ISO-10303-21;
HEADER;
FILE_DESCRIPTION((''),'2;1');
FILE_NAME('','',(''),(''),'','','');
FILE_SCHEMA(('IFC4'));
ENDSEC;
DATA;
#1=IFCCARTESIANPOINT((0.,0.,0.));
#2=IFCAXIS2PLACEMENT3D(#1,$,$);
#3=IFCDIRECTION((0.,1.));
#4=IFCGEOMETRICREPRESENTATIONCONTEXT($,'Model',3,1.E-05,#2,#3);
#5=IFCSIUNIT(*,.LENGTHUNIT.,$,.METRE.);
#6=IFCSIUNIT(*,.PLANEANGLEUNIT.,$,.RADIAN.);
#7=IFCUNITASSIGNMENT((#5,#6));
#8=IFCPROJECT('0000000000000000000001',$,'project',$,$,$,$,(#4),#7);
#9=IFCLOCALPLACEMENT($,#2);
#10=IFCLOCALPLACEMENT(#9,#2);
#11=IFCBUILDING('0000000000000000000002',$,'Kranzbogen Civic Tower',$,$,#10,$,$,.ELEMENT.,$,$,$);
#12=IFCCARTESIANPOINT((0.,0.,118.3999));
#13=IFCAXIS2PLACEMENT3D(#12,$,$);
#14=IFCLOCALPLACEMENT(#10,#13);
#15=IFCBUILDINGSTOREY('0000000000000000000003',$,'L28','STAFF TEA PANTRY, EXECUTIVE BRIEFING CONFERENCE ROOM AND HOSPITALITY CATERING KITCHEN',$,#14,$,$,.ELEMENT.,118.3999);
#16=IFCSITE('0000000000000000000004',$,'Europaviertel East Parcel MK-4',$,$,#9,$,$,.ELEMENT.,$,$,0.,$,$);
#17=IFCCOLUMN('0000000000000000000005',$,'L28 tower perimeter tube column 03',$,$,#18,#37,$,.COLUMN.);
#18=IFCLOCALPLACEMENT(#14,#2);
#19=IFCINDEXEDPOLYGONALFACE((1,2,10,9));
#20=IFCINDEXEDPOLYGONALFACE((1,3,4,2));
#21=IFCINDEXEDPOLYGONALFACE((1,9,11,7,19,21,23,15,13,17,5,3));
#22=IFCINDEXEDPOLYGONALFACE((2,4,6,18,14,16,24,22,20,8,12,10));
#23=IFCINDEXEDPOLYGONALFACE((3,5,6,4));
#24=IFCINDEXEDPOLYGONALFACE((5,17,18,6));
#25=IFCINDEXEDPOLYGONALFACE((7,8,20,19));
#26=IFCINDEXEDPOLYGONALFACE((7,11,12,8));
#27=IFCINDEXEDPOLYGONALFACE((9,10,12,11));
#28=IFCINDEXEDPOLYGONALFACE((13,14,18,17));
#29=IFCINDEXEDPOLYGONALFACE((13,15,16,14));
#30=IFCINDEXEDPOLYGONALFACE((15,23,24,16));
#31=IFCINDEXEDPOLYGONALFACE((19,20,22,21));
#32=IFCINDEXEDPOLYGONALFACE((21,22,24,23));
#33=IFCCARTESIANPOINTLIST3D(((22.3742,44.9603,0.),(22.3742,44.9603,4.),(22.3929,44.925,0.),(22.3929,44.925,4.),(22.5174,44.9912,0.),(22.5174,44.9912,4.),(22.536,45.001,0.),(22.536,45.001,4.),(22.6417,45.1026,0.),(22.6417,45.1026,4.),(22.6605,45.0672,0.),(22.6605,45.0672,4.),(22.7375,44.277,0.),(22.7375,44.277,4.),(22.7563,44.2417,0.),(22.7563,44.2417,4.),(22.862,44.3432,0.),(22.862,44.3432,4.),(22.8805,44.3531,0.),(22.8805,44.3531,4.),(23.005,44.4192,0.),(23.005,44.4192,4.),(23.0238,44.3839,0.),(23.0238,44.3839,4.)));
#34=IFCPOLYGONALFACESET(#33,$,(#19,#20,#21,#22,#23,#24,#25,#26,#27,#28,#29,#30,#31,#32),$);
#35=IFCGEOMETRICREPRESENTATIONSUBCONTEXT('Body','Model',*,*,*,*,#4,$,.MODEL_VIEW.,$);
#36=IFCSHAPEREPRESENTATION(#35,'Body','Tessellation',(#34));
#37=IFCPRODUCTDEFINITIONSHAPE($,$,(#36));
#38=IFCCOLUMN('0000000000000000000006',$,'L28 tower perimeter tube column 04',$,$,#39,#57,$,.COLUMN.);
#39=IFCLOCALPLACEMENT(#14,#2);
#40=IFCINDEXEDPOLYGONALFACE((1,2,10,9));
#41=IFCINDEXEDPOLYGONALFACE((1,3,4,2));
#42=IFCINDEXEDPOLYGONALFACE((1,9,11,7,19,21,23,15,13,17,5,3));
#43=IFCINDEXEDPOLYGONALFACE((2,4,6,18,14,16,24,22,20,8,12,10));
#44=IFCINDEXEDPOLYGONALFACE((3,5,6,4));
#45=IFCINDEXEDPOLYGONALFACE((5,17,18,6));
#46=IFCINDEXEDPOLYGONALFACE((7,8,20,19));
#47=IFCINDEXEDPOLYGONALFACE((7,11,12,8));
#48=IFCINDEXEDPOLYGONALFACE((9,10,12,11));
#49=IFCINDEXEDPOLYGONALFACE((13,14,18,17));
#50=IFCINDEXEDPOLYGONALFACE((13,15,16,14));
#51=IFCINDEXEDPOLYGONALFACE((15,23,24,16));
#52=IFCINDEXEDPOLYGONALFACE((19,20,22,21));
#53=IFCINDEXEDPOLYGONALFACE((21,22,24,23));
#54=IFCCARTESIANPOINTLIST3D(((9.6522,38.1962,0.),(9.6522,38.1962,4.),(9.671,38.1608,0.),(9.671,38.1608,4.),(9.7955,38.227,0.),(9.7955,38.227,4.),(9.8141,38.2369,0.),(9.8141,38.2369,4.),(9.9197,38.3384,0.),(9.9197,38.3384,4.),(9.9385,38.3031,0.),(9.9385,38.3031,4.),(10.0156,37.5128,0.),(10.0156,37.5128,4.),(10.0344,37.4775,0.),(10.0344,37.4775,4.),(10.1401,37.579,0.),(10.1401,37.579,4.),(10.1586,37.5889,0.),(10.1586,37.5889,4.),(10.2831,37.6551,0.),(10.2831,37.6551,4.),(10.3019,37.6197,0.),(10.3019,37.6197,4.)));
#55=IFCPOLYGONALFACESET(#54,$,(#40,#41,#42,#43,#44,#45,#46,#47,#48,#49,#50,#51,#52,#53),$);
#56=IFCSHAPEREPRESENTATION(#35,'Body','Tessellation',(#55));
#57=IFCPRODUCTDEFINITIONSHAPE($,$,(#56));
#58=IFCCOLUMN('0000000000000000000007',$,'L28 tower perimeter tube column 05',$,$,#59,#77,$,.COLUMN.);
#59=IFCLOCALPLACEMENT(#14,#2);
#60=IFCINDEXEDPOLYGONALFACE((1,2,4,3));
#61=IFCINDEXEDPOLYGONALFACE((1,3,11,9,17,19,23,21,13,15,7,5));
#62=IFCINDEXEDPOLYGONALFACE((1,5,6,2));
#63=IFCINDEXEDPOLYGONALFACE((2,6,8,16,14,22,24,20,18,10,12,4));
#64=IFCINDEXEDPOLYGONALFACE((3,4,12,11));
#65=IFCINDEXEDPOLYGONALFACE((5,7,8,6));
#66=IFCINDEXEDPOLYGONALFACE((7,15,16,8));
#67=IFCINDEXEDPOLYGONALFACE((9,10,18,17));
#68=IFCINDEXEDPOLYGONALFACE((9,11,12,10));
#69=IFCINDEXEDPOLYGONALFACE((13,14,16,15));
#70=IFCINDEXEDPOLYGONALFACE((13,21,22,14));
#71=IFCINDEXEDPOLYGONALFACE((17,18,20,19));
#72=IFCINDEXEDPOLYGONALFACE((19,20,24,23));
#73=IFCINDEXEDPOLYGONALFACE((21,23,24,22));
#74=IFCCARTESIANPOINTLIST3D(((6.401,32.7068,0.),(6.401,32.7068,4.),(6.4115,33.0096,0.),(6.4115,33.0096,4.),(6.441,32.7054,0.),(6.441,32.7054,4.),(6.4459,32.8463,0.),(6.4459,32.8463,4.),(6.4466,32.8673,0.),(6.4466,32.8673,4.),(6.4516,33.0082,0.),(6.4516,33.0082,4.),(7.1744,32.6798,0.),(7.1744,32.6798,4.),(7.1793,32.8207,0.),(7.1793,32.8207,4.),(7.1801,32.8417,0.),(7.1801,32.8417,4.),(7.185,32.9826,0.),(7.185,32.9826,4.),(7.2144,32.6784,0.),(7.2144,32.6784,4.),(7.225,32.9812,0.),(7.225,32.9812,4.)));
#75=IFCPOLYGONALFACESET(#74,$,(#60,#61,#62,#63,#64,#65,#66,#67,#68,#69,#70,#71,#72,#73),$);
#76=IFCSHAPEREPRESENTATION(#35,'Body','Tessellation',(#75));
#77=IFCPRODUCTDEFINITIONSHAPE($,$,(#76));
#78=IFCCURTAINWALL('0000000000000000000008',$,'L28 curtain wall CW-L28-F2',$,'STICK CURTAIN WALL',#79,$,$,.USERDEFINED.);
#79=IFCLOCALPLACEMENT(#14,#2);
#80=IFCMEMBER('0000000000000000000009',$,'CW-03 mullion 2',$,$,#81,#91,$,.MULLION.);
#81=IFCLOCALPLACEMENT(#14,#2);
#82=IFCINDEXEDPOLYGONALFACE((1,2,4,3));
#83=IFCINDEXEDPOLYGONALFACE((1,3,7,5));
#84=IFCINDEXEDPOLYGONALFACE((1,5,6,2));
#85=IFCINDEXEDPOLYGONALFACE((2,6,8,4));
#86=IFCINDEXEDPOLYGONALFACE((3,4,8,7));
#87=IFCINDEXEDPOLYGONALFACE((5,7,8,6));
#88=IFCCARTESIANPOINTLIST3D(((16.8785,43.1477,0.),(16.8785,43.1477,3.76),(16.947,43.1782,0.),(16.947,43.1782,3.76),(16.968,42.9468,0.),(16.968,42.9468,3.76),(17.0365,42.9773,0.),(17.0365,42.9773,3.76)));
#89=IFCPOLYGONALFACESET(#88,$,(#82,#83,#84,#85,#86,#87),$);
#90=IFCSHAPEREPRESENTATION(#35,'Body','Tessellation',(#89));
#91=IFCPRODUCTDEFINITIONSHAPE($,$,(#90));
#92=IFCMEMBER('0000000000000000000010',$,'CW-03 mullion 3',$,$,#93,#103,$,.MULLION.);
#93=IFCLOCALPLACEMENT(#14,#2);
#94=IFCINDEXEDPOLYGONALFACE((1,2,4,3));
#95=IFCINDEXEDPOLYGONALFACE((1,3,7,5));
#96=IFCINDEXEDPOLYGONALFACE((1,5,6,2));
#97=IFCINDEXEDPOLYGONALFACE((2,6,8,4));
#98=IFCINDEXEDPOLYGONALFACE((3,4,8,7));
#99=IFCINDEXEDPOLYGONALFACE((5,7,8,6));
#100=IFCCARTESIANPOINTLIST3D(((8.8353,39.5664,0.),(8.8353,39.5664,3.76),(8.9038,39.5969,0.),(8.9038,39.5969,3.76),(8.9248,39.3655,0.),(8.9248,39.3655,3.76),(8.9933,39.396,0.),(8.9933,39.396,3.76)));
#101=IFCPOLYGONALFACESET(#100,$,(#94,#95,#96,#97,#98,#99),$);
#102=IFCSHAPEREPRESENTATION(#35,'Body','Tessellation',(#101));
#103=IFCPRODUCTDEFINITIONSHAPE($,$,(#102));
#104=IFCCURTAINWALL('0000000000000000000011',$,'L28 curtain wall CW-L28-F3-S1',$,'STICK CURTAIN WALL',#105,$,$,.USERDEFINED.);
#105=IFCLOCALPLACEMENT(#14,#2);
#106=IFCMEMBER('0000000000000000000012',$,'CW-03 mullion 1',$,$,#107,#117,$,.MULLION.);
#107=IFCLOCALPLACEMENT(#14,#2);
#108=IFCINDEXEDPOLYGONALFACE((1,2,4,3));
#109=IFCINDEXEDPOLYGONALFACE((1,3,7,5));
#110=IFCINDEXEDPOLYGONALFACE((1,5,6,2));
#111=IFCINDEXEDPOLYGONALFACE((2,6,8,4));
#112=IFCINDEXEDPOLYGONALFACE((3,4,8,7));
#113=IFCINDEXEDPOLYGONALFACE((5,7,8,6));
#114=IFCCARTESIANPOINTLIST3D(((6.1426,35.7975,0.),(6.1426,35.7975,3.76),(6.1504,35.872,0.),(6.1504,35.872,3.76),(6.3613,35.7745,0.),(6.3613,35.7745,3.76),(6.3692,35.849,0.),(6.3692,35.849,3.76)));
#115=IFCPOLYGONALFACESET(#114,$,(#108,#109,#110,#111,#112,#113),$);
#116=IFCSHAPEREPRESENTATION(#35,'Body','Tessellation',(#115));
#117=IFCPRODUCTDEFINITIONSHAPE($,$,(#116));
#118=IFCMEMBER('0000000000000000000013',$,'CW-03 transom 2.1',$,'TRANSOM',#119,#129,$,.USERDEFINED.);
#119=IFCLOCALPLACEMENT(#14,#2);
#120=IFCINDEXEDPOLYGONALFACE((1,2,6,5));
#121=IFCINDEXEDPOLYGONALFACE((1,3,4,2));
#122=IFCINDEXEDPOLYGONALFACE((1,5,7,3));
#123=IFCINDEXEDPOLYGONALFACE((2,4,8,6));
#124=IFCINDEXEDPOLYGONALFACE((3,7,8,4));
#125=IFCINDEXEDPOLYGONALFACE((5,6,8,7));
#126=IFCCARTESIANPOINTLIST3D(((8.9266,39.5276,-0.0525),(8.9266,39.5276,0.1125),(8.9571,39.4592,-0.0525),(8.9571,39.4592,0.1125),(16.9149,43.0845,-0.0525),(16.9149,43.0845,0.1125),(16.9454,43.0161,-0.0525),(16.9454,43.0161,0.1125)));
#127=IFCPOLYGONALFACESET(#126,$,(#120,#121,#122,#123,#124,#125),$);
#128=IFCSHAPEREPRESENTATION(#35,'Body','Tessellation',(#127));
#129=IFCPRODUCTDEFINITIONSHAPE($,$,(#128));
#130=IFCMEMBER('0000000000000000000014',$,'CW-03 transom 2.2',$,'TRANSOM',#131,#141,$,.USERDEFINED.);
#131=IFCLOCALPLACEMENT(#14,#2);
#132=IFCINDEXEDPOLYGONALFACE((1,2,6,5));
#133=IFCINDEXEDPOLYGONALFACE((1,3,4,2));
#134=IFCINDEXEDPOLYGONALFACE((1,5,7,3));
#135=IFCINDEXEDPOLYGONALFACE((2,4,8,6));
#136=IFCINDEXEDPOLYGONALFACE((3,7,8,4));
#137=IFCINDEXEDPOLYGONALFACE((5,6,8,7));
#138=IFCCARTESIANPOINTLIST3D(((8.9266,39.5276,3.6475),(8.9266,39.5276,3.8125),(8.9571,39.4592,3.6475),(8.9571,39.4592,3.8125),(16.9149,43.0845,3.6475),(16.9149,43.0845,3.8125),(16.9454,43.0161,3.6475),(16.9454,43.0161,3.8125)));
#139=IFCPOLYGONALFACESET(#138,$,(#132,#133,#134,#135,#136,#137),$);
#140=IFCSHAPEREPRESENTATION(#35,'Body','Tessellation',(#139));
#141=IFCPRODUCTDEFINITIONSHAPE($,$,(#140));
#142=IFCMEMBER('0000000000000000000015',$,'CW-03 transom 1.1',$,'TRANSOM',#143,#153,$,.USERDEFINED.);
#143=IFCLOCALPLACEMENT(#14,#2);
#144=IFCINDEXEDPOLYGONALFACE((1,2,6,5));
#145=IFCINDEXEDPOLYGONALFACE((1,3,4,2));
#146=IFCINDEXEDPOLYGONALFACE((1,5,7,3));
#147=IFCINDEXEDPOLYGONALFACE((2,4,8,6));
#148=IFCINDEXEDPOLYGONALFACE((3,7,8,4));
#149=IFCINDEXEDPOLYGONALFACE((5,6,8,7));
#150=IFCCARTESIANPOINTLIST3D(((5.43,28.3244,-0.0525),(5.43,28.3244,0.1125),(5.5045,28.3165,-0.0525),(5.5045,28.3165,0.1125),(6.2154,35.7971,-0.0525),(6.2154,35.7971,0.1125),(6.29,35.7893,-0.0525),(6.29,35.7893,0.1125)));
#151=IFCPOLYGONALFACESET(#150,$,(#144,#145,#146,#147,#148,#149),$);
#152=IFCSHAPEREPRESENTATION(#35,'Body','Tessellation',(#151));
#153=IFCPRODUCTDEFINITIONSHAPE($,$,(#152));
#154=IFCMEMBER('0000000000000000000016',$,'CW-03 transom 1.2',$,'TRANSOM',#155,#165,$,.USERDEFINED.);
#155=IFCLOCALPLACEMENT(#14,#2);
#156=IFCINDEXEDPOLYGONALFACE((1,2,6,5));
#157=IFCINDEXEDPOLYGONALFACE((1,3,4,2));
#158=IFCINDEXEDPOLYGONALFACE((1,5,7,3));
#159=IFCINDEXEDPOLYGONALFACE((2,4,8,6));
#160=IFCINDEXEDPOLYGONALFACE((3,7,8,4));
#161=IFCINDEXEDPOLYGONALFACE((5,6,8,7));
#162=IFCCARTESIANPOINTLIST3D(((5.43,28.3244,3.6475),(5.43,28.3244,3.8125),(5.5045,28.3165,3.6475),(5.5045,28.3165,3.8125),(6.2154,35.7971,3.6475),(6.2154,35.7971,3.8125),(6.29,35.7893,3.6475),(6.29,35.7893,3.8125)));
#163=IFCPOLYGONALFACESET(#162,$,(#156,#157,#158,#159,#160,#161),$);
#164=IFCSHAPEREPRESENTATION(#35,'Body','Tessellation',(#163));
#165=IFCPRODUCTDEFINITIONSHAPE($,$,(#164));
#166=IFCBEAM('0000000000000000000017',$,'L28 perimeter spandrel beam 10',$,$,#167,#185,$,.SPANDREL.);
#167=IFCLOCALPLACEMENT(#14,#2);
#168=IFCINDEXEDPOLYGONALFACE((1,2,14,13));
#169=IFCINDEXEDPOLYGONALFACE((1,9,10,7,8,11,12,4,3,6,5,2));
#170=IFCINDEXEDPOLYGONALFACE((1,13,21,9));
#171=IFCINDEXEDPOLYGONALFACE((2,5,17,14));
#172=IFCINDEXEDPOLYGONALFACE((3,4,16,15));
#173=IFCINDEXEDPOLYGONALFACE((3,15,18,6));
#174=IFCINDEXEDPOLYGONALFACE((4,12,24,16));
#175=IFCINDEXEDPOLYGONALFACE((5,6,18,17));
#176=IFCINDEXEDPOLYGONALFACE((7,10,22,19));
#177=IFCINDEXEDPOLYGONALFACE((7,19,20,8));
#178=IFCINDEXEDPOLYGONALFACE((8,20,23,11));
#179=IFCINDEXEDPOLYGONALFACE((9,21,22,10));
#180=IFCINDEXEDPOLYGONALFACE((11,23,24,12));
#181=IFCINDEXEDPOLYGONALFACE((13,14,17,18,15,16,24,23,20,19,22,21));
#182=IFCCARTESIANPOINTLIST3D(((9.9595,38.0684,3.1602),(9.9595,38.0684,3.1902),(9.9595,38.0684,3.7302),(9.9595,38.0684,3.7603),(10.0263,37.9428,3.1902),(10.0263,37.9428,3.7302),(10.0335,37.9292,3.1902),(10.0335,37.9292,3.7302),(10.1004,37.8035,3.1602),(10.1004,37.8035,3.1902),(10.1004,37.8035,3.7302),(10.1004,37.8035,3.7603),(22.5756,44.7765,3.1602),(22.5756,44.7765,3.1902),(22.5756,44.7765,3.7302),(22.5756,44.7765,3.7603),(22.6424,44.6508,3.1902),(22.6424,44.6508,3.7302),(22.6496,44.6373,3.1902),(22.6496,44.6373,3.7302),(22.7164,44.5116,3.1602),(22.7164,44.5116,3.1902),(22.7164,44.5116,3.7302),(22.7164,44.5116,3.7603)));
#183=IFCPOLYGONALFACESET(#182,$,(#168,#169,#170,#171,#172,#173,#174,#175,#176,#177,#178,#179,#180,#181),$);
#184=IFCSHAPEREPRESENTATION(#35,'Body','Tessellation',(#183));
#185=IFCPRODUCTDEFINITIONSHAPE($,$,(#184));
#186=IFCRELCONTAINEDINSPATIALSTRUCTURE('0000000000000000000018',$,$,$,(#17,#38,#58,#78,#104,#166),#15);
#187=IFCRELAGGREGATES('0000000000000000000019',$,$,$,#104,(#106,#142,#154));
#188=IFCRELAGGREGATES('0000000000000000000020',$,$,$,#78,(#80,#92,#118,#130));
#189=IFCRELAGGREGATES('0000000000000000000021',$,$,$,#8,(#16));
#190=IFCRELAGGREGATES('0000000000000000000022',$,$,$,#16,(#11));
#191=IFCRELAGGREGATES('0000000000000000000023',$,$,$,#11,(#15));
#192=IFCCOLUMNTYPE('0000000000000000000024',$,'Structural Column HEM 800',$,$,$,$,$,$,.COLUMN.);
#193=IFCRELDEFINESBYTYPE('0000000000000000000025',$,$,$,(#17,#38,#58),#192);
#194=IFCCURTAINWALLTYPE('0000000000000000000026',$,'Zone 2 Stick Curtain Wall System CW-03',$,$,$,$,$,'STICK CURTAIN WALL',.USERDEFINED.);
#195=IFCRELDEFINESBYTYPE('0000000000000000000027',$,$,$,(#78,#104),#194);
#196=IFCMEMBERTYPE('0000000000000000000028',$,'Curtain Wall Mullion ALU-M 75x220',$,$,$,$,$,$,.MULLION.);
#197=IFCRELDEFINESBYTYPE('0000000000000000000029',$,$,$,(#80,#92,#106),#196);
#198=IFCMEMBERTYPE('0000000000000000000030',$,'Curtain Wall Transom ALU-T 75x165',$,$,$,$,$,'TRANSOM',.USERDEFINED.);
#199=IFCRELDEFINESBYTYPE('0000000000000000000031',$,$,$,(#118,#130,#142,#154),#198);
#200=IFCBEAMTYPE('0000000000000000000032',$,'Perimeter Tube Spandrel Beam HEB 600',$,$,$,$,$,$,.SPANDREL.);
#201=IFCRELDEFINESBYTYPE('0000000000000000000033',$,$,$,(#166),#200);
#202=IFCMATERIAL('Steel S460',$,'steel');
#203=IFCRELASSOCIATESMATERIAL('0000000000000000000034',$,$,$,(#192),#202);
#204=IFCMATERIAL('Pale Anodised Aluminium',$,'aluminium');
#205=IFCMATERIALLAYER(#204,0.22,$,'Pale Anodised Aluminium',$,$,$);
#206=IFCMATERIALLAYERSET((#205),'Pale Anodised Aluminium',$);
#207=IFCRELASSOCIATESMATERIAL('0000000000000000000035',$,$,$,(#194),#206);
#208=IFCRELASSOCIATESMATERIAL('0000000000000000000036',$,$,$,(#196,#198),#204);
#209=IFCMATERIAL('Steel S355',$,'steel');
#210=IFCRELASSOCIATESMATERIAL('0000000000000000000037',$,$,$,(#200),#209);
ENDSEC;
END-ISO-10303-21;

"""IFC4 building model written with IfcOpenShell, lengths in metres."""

from ifc_helpers import new_model, si_unit, direction, frame, origin, origin_2d, place, context, subcontext, project, spatial, rectangle, i_section, extrude, material, layer, layer_set, material_profile, profile_set, type_object, element, aggregate, save


model = new_model("IFC4")

# Units and contexts
model_context = context("Model", 3, precision=1e-05, world=origin(), true_north=direction((0.0, 1.0)))
body_context = subcontext(model_context, "Body", "Model", "MODEL_VIEW")
ifc_project = project(units=[si_unit("LENGTHUNIT", "METRE"), si_unit("PLANEANGLEUNIT", "RADIAN")], contexts=[model_context])

# Site, building, storey
site_placement = place(None, origin())
site = spatial("IfcSite", under=ifc_project, at=site_placement, Name="Europaviertel East Parcel MK-4", CompositionType="ELEMENT", RefElevation=0.0)
building_placement = place(site_placement, origin())
building = spatial("IfcBuilding", under=site, at=building_placement, Name="Kranzbogen Civic Tower", CompositionType="ELEMENT")
storey_placement = place(building_placement, frame((0.0, 0.0, 118.3999)))
storey = spatial("IfcBuildingStorey", under=building, at=storey_placement, Name="L28", Description="STAFF TEA PANTRY, EXECUTIVE BRIEFING CONFERENCE ROOM AND HOSPITALITY CATERING KITCHEN", CompositionType="ELEMENT", Elevation=118.3999)

# Columns
ifc_material_1 = material(Name="Steel S460", Category="steel")
ifc_material_profile_1 = material_profile(ifc_material_1, i_section(OverallWidth=0.303, OverallDepth=0.814, WebThickness=0.021, FlangeThickness=0.04, at=origin_2d()), Name="HEM 800")
ifc_profile_set_1 = profile_set([ifc_material_profile_1], Name="Steel S460")
column_type = type_object("IfcColumnType", Name="Structural Column HEM 800", PredefinedType="COLUMN", material=ifc_profile_set_1)
for number, where, z_axis, x_axis, name in (
    (1, (22.699, 44.6721, 0.0), (0.0, 0.0, 1.0), (0.882948, 0.469472, 0.0), "L28 tower perimeter tube column 03"),
    (2, (9.9771, 37.908, 0.0), (0.0, 0.0, 1.0), (0.882948, 0.469472, 0.0), "L28 tower perimeter tube column 04"),
    (3, (6.813, 32.844, 0.0), (0.0, 0.0, 1.0), (0.034899, 0.999391, 0.0), "L28 tower perimeter tube column 05"),
):
    element("IfcColumn", number, at=place(storey_placement, frame(where, z_axis=z_axis, x_axis=x_axis)), inside=storey, type_object=column_type, Name=name, PredefinedType="COLUMN", context=body_context, shape_type="SweptSolid", body=[
        extrude(i_section(OverallWidth=0.303, OverallDepth=0.814, WebThickness=0.021, FlangeThickness=0.04, at=origin_2d()), origin(), (0.0, 0.0, 1.0), 4.0),
    ])

# Curtain wall, members
ifc_material_2 = material(Name="Pale Anodised Aluminium", Category="aluminium")
ifc_layer_1 = layer(ifc_material_2, 0.22, Name="Pale Anodised Aluminium")
ifc_layer_set_1 = layer_set([ifc_layer_1], Name="Pale Anodised Aluminium")
curtain_wall_type = type_object("IfcCurtainWallType", Name="Zone 2 Stick Curtain Wall System CW-03", ElementType="STICK CURTAIN WALL", PredefinedType="USERDEFINED", material=ifc_layer_set_1)
curtain_wall_1_placement = place(storey_placement, origin())
curtain_wall_1 = element("IfcCurtainWall", 4, at=curtain_wall_1_placement, inside=storey, type_object=curtain_wall_type, Name="L28 curtain wall CW-L28-F2", ObjectType="STICK CURTAIN WALL", PredefinedType="USERDEFINED")
ifc_material_profile_2 = material_profile(ifc_material_2, rectangle(XDim=0.075, YDim=0.22, at=origin_2d()), Name="ALU-M 75x220")
ifc_profile_set_2 = profile_set([ifc_material_profile_2], Name="Pale Anodised Aluminium")
member_type_1 = type_object("IfcMemberType", Name="Curtain Wall Mullion ALU-M 75x220", PredefinedType="MULLION", material=ifc_profile_set_2)
member_1_placement = place(storey_placement, frame((16.9575, 43.0625, 0.0), z_axis=(0.0, 0.0, 1.0), x_axis=(-0.913534, -0.406763, 0.0)))
member_1 = element("IfcMember", 5, at=member_1_placement, type_object=member_type_1, Name="CW-03 mullion 2", PredefinedType="MULLION", context=body_context, shape_type="SweptSolid", body=[
    extrude(rectangle(XDim=0.075, YDim=0.22, at=origin_2d()), origin(), (0.0, 0.0, 1.0), 3.76),
])
member_2_placement = place(storey_placement, frame((8.9143, 39.4812, 0.0), z_axis=(0.0, 0.0, 1.0), x_axis=(-0.913534, -0.406763, 0.0)))
member_2 = element("IfcMember", 6, at=member_2_placement, type_object=member_type_1, Name="CW-03 mullion 3", PredefinedType="MULLION", context=body_context, shape_type="SweptSolid", body=[
    extrude(rectangle(XDim=0.075, YDim=0.22, at=origin_2d()), origin(), (0.0, 0.0, 1.0), 3.76),
])

# Curtain wall, member
curtain_wall_2_placement = place(storey_placement, origin())
curtain_wall_2 = element("IfcCurtainWall", 7, at=curtain_wall_2_placement, inside=storey, type_object=curtain_wall_type, Name="L28 curtain wall CW-L28-F3-S1", ObjectType="STICK CURTAIN WALL", PredefinedType="USERDEFINED")
member_3_placement = place(storey_placement, frame((6.2559, 35.8232, 0.0), z_axis=(0.0, 0.0, 1.0), x_axis=(-0.104535, -0.994521, 0.0)))
member_3 = element("IfcMember", 8, at=member_3_placement, type_object=member_type_1, Name="CW-03 mullion 1", PredefinedType="MULLION", context=body_context, shape_type="SweptSolid", body=[
    extrude(rectangle(XDim=0.075, YDim=0.22, at=origin_2d()), origin(), (0.0, 0.0, 1.0), 3.76),
])

# Members
ifc_material_profile_3 = material_profile(ifc_material_2, rectangle(XDim=0.075, YDim=0.165, at=origin_2d()), Name="ALU-T 75x165")
ifc_profile_set_3 = profile_set([ifc_material_profile_3], Name="Pale Anodised Aluminium")
member_type_2 = type_object("IfcMemberType", Name="Curtain Wall Transom ALU-T 75x165", ElementType="TRANSOM", PredefinedType="USERDEFINED", material=ifc_profile_set_3)
member_4_placement = place(storey_placement, frame((16.9302, 43.0503, 0.03), z_axis=(-0.913534, -0.406763, 0.0), x_axis=(0.406763, -0.913534, 0.0)))
member_4 = element("IfcMember", 9, at=member_4_placement, type_object=member_type_2, Name="CW-03 transom 2.1", ObjectType="TRANSOM", PredefinedType="USERDEFINED", context=body_context, shape_type="SweptSolid", body=[
    extrude(rectangle(XDim=0.075, YDim=0.165, at=origin_2d()), origin(), (0.0, 0.0, 1.0), 8.7444),
])
member_5_placement = place(storey_placement, frame((16.9302, 43.0503, 3.73), z_axis=(-0.913534, -0.406763, 0.0), x_axis=(0.406763, -0.913534, 0.0)))
member_5 = element("IfcMember", 10, at=member_5_placement, type_object=member_type_2, Name="CW-03 transom 2.2", ObjectType="TRANSOM", PredefinedType="USERDEFINED", context=body_context, shape_type="SweptSolid", body=[
    extrude(rectangle(XDim=0.075, YDim=0.165, at=origin_2d()), origin(), (0.0, 0.0, 1.0), 8.7444),
])
member_6_placement = place(storey_placement, frame((6.2527, 35.7932, 0.03), z_axis=(-0.104527, -0.994522, 0.0), x_axis=(0.994522, -0.104527, 0.0)))
member_6 = element("IfcMember", 11, at=member_6_placement, type_object=member_type_2, Name="CW-03 transom 1.1", ObjectType="TRANSOM", PredefinedType="USERDEFINED", context=body_context, shape_type="SweptSolid", body=[
    extrude(rectangle(XDim=0.075, YDim=0.165, at=origin_2d()), origin(), (0.0, 0.0, 1.0), 7.5139),
])
member_7_placement = place(storey_placement, frame((6.2527, 35.7932, 3.73), z_axis=(-0.104527, -0.994522, 0.0), x_axis=(0.994522, -0.104527, 0.0)))
member_7 = element("IfcMember", 12, at=member_7_placement, type_object=member_type_2, Name="CW-03 transom 1.2", ObjectType="TRANSOM", PredefinedType="USERDEFINED", context=body_context, shape_type="SweptSolid", body=[
    extrude(rectangle(XDim=0.075, YDim=0.165, at=origin_2d()), origin(), (0.0, 0.0, 1.0), 7.5139),
])
aggregate(curtain_wall_2, [member_3, member_6, member_7])

# Beam
ifc_material_3 = material(Name="Steel S355", Category="steel")
ifc_material_profile_4 = material_profile(ifc_material_3, i_section(OverallWidth=0.3, OverallDepth=0.6001, WebThickness=0.0154, FlangeThickness=0.03, at=origin_2d()), Name="HEB 600")
ifc_profile_set_4 = profile_set([ifc_material_profile_4], Name="Steel S355")
beam_type_1 = type_object("IfcBeamType", Name="Perimeter Tube Spandrel Beam HEB 600", PredefinedType="SPANDREL", material=ifc_profile_set_4)
beam_1_placement = place(storey_placement, frame((22.646, 44.644, 3.4602), z_axis=(-0.882948, -0.46947, 0.0), x_axis=(0.46947, -0.882948, 0.0)))
element("IfcBeam", 13, at=beam_1_placement, inside=storey, type_object=beam_type_1, Name="L28 perimeter spandrel beam 10", PredefinedType="SPANDREL", context=body_context, shape_type="SweptSolid", body=[
    extrude(i_section(OverallWidth=0.3, OverallDepth=0.6001, WebThickness=0.0154, FlangeThickness=0.03, at=origin_2d()), origin(), (0.0, 0.0, 1.0), 14.2886),
])

aggregate(curtain_wall_1, [member_1, member_2, member_4, member_5])

save(model, "model.ifc")
